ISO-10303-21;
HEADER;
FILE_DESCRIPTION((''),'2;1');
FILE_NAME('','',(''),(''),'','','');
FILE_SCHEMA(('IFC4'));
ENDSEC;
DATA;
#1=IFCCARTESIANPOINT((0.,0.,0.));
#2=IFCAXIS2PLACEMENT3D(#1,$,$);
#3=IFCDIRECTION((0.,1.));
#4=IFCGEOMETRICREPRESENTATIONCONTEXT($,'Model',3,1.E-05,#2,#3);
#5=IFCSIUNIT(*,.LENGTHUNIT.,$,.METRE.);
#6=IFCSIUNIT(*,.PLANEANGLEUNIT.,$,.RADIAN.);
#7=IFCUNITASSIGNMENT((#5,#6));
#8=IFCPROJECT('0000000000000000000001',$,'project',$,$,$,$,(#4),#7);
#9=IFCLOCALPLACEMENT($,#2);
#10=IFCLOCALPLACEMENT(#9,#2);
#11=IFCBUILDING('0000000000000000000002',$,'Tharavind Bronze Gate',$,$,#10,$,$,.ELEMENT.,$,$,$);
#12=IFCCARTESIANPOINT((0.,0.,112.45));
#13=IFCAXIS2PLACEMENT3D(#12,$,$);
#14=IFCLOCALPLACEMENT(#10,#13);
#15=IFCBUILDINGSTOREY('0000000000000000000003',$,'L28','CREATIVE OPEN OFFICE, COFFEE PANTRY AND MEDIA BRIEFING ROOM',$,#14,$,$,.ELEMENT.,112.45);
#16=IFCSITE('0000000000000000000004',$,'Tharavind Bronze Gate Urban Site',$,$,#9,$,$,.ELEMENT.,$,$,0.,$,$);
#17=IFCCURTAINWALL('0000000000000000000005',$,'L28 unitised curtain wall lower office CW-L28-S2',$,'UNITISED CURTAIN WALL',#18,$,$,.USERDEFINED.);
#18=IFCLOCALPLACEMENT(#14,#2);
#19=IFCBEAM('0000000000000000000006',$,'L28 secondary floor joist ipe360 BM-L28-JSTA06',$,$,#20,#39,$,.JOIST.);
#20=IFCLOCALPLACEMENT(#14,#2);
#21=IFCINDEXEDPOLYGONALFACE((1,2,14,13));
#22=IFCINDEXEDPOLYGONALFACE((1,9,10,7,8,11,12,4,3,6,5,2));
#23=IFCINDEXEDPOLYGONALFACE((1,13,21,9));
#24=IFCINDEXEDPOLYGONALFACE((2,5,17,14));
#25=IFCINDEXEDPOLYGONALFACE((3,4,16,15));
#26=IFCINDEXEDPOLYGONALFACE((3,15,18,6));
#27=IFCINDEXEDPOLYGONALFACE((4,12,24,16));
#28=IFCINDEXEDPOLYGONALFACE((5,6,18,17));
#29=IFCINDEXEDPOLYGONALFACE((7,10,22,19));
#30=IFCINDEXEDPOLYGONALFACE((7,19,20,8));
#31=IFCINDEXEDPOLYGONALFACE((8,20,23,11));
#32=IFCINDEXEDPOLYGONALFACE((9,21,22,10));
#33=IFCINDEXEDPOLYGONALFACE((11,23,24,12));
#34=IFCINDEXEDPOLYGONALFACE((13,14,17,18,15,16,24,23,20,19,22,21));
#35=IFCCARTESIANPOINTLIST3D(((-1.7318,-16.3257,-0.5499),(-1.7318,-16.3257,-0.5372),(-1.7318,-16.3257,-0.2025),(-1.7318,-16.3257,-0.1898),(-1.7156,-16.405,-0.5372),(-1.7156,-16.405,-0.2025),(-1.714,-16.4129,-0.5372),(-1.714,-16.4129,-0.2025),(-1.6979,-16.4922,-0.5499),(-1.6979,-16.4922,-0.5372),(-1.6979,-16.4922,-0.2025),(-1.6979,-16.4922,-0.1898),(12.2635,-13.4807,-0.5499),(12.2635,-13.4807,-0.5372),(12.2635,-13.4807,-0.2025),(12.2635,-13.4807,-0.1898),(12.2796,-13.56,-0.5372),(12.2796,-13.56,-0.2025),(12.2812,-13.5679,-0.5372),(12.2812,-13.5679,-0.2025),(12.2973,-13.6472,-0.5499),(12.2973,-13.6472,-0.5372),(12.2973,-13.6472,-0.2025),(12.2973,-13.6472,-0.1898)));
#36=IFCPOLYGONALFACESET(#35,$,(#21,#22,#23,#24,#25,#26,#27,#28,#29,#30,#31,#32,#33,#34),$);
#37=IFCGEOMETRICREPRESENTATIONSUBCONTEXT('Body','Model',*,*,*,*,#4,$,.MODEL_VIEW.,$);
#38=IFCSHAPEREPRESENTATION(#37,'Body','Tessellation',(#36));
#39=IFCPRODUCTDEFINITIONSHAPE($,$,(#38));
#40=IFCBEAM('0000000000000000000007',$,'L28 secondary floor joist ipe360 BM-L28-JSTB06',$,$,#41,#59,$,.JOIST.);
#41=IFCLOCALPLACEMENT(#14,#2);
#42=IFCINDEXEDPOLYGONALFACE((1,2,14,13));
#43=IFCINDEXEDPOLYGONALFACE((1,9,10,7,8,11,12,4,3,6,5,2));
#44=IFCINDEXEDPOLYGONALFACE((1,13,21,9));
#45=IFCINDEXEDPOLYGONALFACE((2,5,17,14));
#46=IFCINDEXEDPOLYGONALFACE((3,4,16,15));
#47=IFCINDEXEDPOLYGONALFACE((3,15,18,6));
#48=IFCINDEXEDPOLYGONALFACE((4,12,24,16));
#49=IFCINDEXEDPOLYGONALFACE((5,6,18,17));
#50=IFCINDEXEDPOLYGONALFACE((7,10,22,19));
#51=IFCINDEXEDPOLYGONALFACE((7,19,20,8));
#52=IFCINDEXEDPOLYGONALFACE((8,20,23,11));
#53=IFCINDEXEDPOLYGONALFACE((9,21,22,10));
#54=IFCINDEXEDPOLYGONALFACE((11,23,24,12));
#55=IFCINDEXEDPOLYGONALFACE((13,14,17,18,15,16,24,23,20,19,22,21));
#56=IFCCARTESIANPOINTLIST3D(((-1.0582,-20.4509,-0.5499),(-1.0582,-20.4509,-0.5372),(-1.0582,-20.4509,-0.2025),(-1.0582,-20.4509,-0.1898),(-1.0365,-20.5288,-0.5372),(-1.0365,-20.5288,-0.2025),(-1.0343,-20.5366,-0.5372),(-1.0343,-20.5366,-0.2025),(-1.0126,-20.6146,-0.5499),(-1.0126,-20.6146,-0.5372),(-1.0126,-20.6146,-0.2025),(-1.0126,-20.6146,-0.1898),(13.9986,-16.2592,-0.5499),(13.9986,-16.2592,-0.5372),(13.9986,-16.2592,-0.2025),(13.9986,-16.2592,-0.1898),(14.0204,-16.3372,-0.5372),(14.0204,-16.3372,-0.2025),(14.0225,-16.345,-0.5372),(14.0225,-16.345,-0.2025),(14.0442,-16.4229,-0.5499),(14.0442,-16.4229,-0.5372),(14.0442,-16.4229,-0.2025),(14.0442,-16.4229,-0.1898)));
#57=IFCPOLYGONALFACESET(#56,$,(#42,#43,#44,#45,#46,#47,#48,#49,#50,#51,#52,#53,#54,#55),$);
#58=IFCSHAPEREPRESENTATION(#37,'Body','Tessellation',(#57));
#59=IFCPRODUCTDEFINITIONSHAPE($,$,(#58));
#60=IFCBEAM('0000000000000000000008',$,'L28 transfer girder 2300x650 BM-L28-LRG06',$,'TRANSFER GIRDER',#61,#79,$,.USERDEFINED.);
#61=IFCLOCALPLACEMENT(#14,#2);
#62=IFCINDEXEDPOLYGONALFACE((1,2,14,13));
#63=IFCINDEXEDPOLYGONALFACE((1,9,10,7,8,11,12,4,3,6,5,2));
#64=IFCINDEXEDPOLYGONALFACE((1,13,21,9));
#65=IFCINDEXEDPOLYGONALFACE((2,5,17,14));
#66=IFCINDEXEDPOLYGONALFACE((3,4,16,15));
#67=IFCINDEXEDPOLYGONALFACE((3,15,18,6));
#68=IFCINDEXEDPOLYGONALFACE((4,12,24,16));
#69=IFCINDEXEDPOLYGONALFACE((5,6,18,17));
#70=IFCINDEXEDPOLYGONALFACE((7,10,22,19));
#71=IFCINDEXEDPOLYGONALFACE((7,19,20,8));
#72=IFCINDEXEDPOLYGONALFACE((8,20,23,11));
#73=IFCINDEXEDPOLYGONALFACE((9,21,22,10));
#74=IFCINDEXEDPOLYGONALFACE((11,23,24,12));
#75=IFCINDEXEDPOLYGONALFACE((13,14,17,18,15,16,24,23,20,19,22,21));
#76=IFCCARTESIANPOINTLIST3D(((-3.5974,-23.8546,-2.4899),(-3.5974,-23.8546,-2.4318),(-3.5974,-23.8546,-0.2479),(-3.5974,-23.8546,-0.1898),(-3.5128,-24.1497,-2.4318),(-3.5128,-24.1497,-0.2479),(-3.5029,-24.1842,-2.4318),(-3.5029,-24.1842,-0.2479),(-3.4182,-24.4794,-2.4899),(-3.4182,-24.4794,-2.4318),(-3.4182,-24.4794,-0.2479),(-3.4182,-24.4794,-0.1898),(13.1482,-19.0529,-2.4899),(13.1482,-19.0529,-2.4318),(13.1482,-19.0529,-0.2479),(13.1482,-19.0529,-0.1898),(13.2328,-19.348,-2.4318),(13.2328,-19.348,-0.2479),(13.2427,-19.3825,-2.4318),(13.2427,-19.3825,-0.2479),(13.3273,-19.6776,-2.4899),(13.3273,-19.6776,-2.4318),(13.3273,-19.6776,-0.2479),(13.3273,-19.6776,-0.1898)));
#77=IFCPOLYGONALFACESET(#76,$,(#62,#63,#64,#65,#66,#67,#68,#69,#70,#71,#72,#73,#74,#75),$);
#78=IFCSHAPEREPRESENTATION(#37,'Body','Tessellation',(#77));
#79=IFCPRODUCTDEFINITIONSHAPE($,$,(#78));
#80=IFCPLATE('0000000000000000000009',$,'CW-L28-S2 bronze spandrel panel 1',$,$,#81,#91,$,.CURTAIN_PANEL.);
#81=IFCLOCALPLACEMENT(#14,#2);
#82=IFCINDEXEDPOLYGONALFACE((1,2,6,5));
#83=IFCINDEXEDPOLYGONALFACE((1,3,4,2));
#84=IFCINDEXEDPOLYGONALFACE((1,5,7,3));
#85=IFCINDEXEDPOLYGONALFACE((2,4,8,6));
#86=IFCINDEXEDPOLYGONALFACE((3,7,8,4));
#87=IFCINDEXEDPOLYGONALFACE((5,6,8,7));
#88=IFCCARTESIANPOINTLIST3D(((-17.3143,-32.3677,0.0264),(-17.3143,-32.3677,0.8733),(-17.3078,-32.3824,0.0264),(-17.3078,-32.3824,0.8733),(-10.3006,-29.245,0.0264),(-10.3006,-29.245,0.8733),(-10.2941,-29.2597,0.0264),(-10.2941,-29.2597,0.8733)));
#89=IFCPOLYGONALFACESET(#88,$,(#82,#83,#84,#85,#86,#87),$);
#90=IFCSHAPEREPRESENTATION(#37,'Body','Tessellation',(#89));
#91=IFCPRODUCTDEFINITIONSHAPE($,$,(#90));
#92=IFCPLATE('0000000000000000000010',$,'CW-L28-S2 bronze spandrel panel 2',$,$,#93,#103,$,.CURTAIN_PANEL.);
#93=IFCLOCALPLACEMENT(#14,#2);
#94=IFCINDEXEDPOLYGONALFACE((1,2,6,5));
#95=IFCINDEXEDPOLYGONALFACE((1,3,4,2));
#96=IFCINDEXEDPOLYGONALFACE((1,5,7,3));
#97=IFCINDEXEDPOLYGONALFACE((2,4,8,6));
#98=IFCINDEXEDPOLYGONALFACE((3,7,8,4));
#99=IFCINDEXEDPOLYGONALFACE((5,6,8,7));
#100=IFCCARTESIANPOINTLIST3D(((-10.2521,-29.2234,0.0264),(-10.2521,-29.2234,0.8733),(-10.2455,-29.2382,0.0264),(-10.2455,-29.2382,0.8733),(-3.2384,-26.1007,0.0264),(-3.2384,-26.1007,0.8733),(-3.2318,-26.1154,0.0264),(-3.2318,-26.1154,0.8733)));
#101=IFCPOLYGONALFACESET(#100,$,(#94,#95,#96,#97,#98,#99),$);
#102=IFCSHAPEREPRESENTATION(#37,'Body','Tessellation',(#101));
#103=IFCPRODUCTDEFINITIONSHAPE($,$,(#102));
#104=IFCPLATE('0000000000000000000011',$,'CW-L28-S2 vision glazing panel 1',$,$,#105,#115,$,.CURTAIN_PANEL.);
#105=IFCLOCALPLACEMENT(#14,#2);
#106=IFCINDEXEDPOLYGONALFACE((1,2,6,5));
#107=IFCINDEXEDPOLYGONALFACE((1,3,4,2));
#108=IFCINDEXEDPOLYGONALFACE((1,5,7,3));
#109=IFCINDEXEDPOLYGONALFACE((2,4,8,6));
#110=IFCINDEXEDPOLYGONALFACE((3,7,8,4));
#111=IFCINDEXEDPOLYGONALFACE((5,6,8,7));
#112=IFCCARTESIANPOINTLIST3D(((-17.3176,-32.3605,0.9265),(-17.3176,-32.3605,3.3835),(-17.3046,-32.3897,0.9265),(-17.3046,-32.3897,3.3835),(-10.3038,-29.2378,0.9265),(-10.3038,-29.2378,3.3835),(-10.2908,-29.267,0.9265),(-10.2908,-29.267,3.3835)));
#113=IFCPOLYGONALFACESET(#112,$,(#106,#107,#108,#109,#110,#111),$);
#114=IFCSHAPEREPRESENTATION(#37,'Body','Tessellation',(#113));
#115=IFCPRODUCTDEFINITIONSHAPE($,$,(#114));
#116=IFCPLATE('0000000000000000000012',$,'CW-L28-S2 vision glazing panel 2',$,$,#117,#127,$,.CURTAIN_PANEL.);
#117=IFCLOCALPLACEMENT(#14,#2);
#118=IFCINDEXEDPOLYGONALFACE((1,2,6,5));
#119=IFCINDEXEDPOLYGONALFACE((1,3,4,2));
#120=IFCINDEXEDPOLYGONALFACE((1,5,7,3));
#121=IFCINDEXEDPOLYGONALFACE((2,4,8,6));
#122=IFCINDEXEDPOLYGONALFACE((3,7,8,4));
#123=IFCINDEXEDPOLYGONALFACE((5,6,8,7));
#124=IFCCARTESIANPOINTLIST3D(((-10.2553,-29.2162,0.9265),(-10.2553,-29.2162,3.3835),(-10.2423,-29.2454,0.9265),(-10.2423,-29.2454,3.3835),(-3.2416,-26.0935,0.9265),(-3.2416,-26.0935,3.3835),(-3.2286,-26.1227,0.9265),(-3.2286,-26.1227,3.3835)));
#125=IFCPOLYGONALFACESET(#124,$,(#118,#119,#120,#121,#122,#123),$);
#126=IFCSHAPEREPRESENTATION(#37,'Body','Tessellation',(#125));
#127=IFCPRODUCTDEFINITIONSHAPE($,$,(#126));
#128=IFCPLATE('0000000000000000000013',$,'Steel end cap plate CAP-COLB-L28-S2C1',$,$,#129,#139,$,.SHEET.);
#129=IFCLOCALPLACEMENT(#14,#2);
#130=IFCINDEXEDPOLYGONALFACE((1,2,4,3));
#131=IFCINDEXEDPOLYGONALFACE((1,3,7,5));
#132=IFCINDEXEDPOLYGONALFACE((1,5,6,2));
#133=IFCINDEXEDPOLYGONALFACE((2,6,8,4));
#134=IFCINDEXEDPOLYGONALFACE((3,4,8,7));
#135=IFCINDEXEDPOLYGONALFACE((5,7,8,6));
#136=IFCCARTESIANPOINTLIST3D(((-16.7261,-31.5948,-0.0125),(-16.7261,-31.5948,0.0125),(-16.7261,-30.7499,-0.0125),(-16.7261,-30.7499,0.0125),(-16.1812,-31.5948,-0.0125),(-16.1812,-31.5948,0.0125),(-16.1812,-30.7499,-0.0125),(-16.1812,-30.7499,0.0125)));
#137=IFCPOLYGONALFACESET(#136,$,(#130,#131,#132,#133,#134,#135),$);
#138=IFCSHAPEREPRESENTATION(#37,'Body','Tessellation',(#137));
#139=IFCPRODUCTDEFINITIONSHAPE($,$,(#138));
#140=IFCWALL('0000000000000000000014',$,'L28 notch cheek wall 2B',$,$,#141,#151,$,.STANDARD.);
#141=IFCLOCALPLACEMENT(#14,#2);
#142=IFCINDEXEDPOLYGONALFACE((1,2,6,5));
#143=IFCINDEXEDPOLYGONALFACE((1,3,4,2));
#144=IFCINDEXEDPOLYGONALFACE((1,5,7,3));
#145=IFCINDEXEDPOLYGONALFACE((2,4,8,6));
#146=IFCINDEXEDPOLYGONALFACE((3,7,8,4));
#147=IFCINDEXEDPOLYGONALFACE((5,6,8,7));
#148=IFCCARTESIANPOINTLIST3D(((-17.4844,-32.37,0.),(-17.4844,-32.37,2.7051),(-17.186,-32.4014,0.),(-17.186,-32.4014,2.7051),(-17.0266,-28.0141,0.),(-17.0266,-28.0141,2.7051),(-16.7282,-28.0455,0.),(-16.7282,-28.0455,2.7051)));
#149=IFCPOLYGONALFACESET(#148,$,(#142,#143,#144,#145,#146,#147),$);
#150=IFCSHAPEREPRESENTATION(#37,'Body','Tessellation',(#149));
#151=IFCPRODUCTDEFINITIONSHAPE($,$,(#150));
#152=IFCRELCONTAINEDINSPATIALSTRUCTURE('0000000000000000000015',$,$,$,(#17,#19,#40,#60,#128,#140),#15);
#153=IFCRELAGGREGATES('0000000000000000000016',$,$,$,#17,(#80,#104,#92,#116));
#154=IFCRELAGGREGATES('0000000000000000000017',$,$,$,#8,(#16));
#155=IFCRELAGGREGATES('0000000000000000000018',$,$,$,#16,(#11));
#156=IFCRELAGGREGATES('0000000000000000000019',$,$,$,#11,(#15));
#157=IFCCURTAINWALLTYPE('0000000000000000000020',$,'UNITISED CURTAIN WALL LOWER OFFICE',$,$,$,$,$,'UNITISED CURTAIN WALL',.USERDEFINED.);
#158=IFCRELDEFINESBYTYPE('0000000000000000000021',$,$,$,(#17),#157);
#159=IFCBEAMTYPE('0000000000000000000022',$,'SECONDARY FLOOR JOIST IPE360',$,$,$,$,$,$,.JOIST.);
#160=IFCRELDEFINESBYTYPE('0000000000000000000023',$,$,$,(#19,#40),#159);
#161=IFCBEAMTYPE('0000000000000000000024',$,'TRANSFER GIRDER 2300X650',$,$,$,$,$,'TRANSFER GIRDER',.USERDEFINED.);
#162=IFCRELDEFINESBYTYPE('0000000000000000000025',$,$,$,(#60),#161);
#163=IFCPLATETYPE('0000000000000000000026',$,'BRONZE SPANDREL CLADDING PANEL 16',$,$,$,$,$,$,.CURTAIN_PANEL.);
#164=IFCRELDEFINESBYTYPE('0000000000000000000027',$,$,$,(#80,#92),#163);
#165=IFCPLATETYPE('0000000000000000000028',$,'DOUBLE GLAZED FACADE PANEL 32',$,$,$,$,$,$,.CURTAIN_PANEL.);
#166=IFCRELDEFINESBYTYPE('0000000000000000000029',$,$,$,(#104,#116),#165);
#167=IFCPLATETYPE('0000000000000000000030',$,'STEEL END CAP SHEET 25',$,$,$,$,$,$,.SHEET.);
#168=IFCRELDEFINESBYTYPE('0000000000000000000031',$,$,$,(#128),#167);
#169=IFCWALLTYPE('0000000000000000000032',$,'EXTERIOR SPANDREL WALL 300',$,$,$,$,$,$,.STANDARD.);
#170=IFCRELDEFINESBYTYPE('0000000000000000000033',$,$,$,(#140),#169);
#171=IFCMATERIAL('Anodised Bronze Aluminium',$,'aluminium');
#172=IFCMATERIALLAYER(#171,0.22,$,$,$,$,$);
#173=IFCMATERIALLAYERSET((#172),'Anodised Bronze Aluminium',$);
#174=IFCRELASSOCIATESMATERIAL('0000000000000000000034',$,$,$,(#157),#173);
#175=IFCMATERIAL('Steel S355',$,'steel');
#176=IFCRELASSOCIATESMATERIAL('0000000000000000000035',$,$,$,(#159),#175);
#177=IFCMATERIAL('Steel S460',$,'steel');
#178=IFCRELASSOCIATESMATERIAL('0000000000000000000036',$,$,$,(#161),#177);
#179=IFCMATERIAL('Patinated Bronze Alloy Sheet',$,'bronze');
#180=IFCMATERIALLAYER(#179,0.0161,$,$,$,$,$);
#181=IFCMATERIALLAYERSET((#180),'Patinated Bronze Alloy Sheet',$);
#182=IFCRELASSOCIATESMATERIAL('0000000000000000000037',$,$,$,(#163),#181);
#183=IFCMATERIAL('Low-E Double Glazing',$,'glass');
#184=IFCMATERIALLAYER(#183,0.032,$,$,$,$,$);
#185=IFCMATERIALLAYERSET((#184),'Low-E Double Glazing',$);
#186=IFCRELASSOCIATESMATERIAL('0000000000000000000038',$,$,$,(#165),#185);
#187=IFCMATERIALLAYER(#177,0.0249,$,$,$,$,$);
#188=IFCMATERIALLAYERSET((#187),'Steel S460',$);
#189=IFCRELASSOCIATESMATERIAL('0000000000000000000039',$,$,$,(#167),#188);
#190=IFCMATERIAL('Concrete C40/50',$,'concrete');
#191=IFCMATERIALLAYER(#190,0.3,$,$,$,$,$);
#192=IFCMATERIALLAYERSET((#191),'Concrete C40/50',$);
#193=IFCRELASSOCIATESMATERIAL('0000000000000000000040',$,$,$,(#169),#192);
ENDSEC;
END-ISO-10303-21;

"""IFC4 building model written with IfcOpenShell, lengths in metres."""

from ifc_helpers import new_model, si_unit, direction, frame, frame_2d, origin, origin_2d, place, context, subcontext, project, spatial, rectangle, i_section, extrude, material, layer, layer_set, material_profile, profile_set, type_object, element, aggregate, save


model = new_model("IFC4")

# Units and contexts
model_context = context("Model", 3, precision=1e-05, world=origin(), true_north=direction((0.0, 1.0)))
body_context = subcontext(model_context, "Body", "Model", "MODEL_VIEW")
ifc_project = project(units=[si_unit("LENGTHUNIT", "METRE"), si_unit("PLANEANGLEUNIT", "RADIAN")], contexts=[model_context])

# Site, building, storey
site_placement = place(None, origin())
site = spatial("IfcSite", under=ifc_project, at=site_placement, Name="Tharavind Bronze Gate Urban Site", CompositionType="ELEMENT", RefElevation=0.0)
building_placement = place(site_placement, origin())
building = spatial("IfcBuilding", under=site, at=building_placement, Name="Tharavind Bronze Gate", CompositionType="ELEMENT")
storey_placement = place(building_placement, frame((0.0, 0.0, 112.45)))
storey = spatial("IfcBuildingStorey", under=building, at=storey_placement, Name="L28", Description="CREATIVE OPEN OFFICE, COFFEE PANTRY AND MEDIA BRIEFING ROOM", CompositionType="ELEMENT", Elevation=112.45)

# Shared definitions
ifc_material_1 = material(Name="Steel S460", Category="steel")

# Curtain wall
ifc_material_2 = material(Name="Anodised Bronze Aluminium", Category="aluminium")
ifc_layer_1 = layer(ifc_material_2, 0.22)
ifc_layer_set_1 = layer_set([ifc_layer_1], Name="Anodised Bronze Aluminium")
curtain_wall_type = type_object("IfcCurtainWallType", Name="UNITISED CURTAIN WALL LOWER OFFICE", ElementType="UNITISED CURTAIN WALL", PredefinedType="USERDEFINED", material=ifc_layer_set_1)
curtain_wall_placement = place(storey_placement, origin())
curtain_wall = element("IfcCurtainWall", 1, at=curtain_wall_placement, inside=storey, type_object=curtain_wall_type, Name="L28 unitised curtain wall lower office CW-L28-S2", ObjectType="UNITISED CURTAIN WALL", PredefinedType="USERDEFINED")

# Beams
ifc_material_3 = material(Name="Steel S355", Category="steel")
ifc_material_profile_1 = material_profile(ifc_material_3, i_section(OverallWidth=0.1699, OverallDepth=0.3601, WebThickness=0.0081, FlangeThickness=0.0127, at=origin_2d()), Name="IPE360")
ifc_profile_set_1 = profile_set([ifc_material_profile_1], Name="Steel S355")
beam_type_1 = type_object("IfcBeamType", Name="SECONDARY FLOOR JOIST IPE360", PredefinedType="JOIST", material=ifc_profile_set_1)
beam_1_placement = place(storey_placement, frame((-1.7148, -16.4089, -0.3699), z_axis=(0.979958, 0.199205, 0.0), x_axis=(-0.199205, 0.979958, 0.0)))
element("IfcBeam", 2, at=beam_1_placement, inside=storey, type_object=beam_type_1, Name="L28 secondary floor joist ipe360 BM-L28-JSTA06", PredefinedType="JOIST", context=body_context, shape_type="SweptSolid", body=[
    extrude(i_section(OverallWidth=0.1699, OverallDepth=0.3601, WebThickness=0.0081, FlangeThickness=0.0127, at=origin_2d()), origin(), (0.0, 0.0, 1.0), 14.2815),
])
beam_2_placement = place(storey_placement, frame((-1.0354, -20.5327, -0.3699), z_axis=(0.963366, 0.268189, 0.0), x_axis=(-0.268189, 0.963366, 0.0)))
element("IfcBeam", 3, at=beam_2_placement, inside=storey, type_object=beam_type_1, Name="L28 secondary floor joist ipe360 BM-L28-JSTB06", PredefinedType="JOIST", context=body_context, shape_type="SweptSolid", body=[
    extrude(i_section(OverallWidth=0.1699, OverallDepth=0.3601, WebThickness=0.0081, FlangeThickness=0.0127, at=origin_2d()), origin(), (0.0, 0.0, 1.0), 15.6294),
])
ifc_material_profile_2 = material_profile(ifc_material_1, i_section(OverallWidth=0.6499, OverallDepth=2.3, WebThickness=0.0359, FlangeThickness=0.0581, at=origin_2d()), Name="PG2300X650")
ifc_profile_set_2 = profile_set([ifc_material_profile_2], Name="Steel S460")
beam_type_2 = type_object("IfcBeamType", Name="TRANSFER GIRDER 2300X650", ElementType="TRANSFER GIRDER", PredefinedType="USERDEFINED", material=ifc_profile_set_2)
beam_3_placement = place(storey_placement, frame((-3.5078, -24.167, -1.3398), z_axis=(0.961261, 0.275639, 0.0), x_axis=(-0.275639, 0.961261, 0.0)))
element("IfcBeam", 4, at=beam_3_placement, inside=storey, type_object=beam_type_2, Name="L28 transfer girder 2300x650 BM-L28-LRG06", ObjectType="TRANSFER GIRDER", PredefinedType="USERDEFINED", context=body_context, shape_type="SweptSolid", body=[
    extrude(i_section(OverallWidth=0.6499, OverallDepth=2.3, WebThickness=0.0359, FlangeThickness=0.0581, at=origin_2d()), origin(), (0.0, 0.0, 1.0), 17.4204),
])

# Plates
ifc_material_4 = material(Name="Patinated Bronze Alloy Sheet", Category="bronze")
ifc_layer_2 = layer(ifc_material_4, 0.0161)
ifc_layer_set_2 = layer_set([ifc_layer_2], Name="Patinated Bronze Alloy Sheet")
plate_type_1 = type_object("IfcPlateType", Name="BRONZE SPANDREL CLADDING PANEL 16", PredefinedType="CURTAIN_PANEL", material=ifc_layer_set_2)
plate_1_placement = place(storey_placement, frame((-13.8042, -30.8137, 0.0264), z_axis=(0.0, 0.0, 1.0), x_axis=(0.913545, 0.406737, 0.0)))
plate_1 = element("IfcPlate", 5, at=plate_1_placement, type_object=plate_type_1, Name="CW-L28-S2 bronze spandrel panel 1", PredefinedType="CURTAIN_PANEL", context=body_context, shape_type="SweptSolid", body=[
    extrude(rectangle(XDim=7.6775, YDim=0.0161, at=origin_2d()), origin(), (0.0, 0.0, 1.0), 0.8469),
])
plate_2_placement = place(storey_placement, frame((-6.7419, -27.6694, 0.0264), z_axis=(0.0, 0.0, 1.0), x_axis=(0.913545, 0.406737, 0.0)))
plate_2 = element("IfcPlate", 6, at=plate_2_placement, type_object=plate_type_1, Name="CW-L28-S2 bronze spandrel panel 2", PredefinedType="CURTAIN_PANEL", context=body_context, shape_type="SweptSolid", body=[
    extrude(rectangle(XDim=7.6775, YDim=0.0161, at=origin_2d()), origin(), (0.0, 0.0, 1.0), 0.8469),
])
ifc_material_5 = material(Name="Low-E Double Glazing", Category="glass")
ifc_layer_3 = layer(ifc_material_5, 0.032)
ifc_layer_set_3 = layer_set([ifc_layer_3], Name="Low-E Double Glazing")
plate_type_2 = type_object("IfcPlateType", Name="DOUBLE GLAZED FACADE PANEL 32", PredefinedType="CURTAIN_PANEL", material=ifc_layer_set_3)
plate_3_placement = place(storey_placement, frame((-13.8042, -30.8137, 0.9265), z_axis=(0.0, 0.0, 1.0), x_axis=(0.913545, 0.406737, 0.0)))
plate_3 = element("IfcPlate", 7, at=plate_3_placement, type_object=plate_type_2, Name="CW-L28-S2 vision glazing panel 1", PredefinedType="CURTAIN_PANEL", context=body_context, shape_type="SweptSolid", body=[
    extrude(rectangle(XDim=7.6775, YDim=0.032, at=origin_2d()), origin(), (0.0, 0.0, 1.0), 2.457),
])
plate_4_placement = place(storey_placement, frame((-6.7419, -27.6694, 0.9265), z_axis=(0.0, 0.0, 1.0), x_axis=(0.913545, 0.406737, 0.0)))
plate_4 = element("IfcPlate", 8, at=plate_4_placement, type_object=plate_type_2, Name="CW-L28-S2 vision glazing panel 2", PredefinedType="CURTAIN_PANEL", context=body_context, shape_type="SweptSolid", body=[
    extrude(rectangle(XDim=7.6775, YDim=0.032, at=origin_2d()), origin(), (0.0, 0.0, 1.0), 2.457),
])
aggregate(curtain_wall, [plate_1, plate_3, plate_2, plate_4])
ifc_layer_4 = layer(ifc_material_1, 0.0249)
ifc_layer_set_4 = layer_set([ifc_layer_4], Name="Steel S460")
plate_type_3 = type_object("IfcPlateType", Name="STEEL END CAP SHEET 25", PredefinedType="SHEET", material=ifc_layer_set_4)
plate_5_placement = place(storey_placement, frame((-16.4536, -31.1724, -0.0125), z_axis=(0.0, 0.0, 1.0), x_axis=(1.0, 0.0, 0.0)))
element("IfcPlate", 9, at=plate_5_placement, inside=storey, type_object=plate_type_3, Name="Steel end cap plate CAP-COLB-L28-S2C1", PredefinedType="SHEET", context=body_context, shape_type="SweptSolid", body=[
    extrude(rectangle(XDim=0.5449, YDim=0.845, at=origin_2d()), origin(), (0.0, 0.0, 1.0), 0.0249),
])

# Wall
ifc_material_6 = material(Name="Concrete C40/50", Category="concrete")
ifc_layer_5 = layer(ifc_material_6, 0.3)
ifc_layer_set_5 = layer_set([ifc_layer_5], Name="Concrete C40/50")
wall_type = type_object("IfcWallType", Name="EXTERIOR SPANDREL WALL 300", PredefinedType="STANDARD", material=ifc_layer_set_5)
wall_placement = place(storey_placement, frame((-16.8774, -28.0298, 0.0), z_axis=(0.0, 0.0, 1.0), x_axis=(-0.104514, -0.994523, 0.0)))
element("IfcWall", 10, at=wall_placement, inside=storey, type_object=wall_type, Name="L28 notch cheek wall 2B", PredefinedType="STANDARD", context=body_context, shape_type="SweptSolid", body=[
    extrude(rectangle(XDim=4.3799, YDim=0.3, at=frame_2d((2.1899, 0.0))), origin(), (0.0, 0.0, 1.0), 2.7051),
])

save(model, "model.ifc")
